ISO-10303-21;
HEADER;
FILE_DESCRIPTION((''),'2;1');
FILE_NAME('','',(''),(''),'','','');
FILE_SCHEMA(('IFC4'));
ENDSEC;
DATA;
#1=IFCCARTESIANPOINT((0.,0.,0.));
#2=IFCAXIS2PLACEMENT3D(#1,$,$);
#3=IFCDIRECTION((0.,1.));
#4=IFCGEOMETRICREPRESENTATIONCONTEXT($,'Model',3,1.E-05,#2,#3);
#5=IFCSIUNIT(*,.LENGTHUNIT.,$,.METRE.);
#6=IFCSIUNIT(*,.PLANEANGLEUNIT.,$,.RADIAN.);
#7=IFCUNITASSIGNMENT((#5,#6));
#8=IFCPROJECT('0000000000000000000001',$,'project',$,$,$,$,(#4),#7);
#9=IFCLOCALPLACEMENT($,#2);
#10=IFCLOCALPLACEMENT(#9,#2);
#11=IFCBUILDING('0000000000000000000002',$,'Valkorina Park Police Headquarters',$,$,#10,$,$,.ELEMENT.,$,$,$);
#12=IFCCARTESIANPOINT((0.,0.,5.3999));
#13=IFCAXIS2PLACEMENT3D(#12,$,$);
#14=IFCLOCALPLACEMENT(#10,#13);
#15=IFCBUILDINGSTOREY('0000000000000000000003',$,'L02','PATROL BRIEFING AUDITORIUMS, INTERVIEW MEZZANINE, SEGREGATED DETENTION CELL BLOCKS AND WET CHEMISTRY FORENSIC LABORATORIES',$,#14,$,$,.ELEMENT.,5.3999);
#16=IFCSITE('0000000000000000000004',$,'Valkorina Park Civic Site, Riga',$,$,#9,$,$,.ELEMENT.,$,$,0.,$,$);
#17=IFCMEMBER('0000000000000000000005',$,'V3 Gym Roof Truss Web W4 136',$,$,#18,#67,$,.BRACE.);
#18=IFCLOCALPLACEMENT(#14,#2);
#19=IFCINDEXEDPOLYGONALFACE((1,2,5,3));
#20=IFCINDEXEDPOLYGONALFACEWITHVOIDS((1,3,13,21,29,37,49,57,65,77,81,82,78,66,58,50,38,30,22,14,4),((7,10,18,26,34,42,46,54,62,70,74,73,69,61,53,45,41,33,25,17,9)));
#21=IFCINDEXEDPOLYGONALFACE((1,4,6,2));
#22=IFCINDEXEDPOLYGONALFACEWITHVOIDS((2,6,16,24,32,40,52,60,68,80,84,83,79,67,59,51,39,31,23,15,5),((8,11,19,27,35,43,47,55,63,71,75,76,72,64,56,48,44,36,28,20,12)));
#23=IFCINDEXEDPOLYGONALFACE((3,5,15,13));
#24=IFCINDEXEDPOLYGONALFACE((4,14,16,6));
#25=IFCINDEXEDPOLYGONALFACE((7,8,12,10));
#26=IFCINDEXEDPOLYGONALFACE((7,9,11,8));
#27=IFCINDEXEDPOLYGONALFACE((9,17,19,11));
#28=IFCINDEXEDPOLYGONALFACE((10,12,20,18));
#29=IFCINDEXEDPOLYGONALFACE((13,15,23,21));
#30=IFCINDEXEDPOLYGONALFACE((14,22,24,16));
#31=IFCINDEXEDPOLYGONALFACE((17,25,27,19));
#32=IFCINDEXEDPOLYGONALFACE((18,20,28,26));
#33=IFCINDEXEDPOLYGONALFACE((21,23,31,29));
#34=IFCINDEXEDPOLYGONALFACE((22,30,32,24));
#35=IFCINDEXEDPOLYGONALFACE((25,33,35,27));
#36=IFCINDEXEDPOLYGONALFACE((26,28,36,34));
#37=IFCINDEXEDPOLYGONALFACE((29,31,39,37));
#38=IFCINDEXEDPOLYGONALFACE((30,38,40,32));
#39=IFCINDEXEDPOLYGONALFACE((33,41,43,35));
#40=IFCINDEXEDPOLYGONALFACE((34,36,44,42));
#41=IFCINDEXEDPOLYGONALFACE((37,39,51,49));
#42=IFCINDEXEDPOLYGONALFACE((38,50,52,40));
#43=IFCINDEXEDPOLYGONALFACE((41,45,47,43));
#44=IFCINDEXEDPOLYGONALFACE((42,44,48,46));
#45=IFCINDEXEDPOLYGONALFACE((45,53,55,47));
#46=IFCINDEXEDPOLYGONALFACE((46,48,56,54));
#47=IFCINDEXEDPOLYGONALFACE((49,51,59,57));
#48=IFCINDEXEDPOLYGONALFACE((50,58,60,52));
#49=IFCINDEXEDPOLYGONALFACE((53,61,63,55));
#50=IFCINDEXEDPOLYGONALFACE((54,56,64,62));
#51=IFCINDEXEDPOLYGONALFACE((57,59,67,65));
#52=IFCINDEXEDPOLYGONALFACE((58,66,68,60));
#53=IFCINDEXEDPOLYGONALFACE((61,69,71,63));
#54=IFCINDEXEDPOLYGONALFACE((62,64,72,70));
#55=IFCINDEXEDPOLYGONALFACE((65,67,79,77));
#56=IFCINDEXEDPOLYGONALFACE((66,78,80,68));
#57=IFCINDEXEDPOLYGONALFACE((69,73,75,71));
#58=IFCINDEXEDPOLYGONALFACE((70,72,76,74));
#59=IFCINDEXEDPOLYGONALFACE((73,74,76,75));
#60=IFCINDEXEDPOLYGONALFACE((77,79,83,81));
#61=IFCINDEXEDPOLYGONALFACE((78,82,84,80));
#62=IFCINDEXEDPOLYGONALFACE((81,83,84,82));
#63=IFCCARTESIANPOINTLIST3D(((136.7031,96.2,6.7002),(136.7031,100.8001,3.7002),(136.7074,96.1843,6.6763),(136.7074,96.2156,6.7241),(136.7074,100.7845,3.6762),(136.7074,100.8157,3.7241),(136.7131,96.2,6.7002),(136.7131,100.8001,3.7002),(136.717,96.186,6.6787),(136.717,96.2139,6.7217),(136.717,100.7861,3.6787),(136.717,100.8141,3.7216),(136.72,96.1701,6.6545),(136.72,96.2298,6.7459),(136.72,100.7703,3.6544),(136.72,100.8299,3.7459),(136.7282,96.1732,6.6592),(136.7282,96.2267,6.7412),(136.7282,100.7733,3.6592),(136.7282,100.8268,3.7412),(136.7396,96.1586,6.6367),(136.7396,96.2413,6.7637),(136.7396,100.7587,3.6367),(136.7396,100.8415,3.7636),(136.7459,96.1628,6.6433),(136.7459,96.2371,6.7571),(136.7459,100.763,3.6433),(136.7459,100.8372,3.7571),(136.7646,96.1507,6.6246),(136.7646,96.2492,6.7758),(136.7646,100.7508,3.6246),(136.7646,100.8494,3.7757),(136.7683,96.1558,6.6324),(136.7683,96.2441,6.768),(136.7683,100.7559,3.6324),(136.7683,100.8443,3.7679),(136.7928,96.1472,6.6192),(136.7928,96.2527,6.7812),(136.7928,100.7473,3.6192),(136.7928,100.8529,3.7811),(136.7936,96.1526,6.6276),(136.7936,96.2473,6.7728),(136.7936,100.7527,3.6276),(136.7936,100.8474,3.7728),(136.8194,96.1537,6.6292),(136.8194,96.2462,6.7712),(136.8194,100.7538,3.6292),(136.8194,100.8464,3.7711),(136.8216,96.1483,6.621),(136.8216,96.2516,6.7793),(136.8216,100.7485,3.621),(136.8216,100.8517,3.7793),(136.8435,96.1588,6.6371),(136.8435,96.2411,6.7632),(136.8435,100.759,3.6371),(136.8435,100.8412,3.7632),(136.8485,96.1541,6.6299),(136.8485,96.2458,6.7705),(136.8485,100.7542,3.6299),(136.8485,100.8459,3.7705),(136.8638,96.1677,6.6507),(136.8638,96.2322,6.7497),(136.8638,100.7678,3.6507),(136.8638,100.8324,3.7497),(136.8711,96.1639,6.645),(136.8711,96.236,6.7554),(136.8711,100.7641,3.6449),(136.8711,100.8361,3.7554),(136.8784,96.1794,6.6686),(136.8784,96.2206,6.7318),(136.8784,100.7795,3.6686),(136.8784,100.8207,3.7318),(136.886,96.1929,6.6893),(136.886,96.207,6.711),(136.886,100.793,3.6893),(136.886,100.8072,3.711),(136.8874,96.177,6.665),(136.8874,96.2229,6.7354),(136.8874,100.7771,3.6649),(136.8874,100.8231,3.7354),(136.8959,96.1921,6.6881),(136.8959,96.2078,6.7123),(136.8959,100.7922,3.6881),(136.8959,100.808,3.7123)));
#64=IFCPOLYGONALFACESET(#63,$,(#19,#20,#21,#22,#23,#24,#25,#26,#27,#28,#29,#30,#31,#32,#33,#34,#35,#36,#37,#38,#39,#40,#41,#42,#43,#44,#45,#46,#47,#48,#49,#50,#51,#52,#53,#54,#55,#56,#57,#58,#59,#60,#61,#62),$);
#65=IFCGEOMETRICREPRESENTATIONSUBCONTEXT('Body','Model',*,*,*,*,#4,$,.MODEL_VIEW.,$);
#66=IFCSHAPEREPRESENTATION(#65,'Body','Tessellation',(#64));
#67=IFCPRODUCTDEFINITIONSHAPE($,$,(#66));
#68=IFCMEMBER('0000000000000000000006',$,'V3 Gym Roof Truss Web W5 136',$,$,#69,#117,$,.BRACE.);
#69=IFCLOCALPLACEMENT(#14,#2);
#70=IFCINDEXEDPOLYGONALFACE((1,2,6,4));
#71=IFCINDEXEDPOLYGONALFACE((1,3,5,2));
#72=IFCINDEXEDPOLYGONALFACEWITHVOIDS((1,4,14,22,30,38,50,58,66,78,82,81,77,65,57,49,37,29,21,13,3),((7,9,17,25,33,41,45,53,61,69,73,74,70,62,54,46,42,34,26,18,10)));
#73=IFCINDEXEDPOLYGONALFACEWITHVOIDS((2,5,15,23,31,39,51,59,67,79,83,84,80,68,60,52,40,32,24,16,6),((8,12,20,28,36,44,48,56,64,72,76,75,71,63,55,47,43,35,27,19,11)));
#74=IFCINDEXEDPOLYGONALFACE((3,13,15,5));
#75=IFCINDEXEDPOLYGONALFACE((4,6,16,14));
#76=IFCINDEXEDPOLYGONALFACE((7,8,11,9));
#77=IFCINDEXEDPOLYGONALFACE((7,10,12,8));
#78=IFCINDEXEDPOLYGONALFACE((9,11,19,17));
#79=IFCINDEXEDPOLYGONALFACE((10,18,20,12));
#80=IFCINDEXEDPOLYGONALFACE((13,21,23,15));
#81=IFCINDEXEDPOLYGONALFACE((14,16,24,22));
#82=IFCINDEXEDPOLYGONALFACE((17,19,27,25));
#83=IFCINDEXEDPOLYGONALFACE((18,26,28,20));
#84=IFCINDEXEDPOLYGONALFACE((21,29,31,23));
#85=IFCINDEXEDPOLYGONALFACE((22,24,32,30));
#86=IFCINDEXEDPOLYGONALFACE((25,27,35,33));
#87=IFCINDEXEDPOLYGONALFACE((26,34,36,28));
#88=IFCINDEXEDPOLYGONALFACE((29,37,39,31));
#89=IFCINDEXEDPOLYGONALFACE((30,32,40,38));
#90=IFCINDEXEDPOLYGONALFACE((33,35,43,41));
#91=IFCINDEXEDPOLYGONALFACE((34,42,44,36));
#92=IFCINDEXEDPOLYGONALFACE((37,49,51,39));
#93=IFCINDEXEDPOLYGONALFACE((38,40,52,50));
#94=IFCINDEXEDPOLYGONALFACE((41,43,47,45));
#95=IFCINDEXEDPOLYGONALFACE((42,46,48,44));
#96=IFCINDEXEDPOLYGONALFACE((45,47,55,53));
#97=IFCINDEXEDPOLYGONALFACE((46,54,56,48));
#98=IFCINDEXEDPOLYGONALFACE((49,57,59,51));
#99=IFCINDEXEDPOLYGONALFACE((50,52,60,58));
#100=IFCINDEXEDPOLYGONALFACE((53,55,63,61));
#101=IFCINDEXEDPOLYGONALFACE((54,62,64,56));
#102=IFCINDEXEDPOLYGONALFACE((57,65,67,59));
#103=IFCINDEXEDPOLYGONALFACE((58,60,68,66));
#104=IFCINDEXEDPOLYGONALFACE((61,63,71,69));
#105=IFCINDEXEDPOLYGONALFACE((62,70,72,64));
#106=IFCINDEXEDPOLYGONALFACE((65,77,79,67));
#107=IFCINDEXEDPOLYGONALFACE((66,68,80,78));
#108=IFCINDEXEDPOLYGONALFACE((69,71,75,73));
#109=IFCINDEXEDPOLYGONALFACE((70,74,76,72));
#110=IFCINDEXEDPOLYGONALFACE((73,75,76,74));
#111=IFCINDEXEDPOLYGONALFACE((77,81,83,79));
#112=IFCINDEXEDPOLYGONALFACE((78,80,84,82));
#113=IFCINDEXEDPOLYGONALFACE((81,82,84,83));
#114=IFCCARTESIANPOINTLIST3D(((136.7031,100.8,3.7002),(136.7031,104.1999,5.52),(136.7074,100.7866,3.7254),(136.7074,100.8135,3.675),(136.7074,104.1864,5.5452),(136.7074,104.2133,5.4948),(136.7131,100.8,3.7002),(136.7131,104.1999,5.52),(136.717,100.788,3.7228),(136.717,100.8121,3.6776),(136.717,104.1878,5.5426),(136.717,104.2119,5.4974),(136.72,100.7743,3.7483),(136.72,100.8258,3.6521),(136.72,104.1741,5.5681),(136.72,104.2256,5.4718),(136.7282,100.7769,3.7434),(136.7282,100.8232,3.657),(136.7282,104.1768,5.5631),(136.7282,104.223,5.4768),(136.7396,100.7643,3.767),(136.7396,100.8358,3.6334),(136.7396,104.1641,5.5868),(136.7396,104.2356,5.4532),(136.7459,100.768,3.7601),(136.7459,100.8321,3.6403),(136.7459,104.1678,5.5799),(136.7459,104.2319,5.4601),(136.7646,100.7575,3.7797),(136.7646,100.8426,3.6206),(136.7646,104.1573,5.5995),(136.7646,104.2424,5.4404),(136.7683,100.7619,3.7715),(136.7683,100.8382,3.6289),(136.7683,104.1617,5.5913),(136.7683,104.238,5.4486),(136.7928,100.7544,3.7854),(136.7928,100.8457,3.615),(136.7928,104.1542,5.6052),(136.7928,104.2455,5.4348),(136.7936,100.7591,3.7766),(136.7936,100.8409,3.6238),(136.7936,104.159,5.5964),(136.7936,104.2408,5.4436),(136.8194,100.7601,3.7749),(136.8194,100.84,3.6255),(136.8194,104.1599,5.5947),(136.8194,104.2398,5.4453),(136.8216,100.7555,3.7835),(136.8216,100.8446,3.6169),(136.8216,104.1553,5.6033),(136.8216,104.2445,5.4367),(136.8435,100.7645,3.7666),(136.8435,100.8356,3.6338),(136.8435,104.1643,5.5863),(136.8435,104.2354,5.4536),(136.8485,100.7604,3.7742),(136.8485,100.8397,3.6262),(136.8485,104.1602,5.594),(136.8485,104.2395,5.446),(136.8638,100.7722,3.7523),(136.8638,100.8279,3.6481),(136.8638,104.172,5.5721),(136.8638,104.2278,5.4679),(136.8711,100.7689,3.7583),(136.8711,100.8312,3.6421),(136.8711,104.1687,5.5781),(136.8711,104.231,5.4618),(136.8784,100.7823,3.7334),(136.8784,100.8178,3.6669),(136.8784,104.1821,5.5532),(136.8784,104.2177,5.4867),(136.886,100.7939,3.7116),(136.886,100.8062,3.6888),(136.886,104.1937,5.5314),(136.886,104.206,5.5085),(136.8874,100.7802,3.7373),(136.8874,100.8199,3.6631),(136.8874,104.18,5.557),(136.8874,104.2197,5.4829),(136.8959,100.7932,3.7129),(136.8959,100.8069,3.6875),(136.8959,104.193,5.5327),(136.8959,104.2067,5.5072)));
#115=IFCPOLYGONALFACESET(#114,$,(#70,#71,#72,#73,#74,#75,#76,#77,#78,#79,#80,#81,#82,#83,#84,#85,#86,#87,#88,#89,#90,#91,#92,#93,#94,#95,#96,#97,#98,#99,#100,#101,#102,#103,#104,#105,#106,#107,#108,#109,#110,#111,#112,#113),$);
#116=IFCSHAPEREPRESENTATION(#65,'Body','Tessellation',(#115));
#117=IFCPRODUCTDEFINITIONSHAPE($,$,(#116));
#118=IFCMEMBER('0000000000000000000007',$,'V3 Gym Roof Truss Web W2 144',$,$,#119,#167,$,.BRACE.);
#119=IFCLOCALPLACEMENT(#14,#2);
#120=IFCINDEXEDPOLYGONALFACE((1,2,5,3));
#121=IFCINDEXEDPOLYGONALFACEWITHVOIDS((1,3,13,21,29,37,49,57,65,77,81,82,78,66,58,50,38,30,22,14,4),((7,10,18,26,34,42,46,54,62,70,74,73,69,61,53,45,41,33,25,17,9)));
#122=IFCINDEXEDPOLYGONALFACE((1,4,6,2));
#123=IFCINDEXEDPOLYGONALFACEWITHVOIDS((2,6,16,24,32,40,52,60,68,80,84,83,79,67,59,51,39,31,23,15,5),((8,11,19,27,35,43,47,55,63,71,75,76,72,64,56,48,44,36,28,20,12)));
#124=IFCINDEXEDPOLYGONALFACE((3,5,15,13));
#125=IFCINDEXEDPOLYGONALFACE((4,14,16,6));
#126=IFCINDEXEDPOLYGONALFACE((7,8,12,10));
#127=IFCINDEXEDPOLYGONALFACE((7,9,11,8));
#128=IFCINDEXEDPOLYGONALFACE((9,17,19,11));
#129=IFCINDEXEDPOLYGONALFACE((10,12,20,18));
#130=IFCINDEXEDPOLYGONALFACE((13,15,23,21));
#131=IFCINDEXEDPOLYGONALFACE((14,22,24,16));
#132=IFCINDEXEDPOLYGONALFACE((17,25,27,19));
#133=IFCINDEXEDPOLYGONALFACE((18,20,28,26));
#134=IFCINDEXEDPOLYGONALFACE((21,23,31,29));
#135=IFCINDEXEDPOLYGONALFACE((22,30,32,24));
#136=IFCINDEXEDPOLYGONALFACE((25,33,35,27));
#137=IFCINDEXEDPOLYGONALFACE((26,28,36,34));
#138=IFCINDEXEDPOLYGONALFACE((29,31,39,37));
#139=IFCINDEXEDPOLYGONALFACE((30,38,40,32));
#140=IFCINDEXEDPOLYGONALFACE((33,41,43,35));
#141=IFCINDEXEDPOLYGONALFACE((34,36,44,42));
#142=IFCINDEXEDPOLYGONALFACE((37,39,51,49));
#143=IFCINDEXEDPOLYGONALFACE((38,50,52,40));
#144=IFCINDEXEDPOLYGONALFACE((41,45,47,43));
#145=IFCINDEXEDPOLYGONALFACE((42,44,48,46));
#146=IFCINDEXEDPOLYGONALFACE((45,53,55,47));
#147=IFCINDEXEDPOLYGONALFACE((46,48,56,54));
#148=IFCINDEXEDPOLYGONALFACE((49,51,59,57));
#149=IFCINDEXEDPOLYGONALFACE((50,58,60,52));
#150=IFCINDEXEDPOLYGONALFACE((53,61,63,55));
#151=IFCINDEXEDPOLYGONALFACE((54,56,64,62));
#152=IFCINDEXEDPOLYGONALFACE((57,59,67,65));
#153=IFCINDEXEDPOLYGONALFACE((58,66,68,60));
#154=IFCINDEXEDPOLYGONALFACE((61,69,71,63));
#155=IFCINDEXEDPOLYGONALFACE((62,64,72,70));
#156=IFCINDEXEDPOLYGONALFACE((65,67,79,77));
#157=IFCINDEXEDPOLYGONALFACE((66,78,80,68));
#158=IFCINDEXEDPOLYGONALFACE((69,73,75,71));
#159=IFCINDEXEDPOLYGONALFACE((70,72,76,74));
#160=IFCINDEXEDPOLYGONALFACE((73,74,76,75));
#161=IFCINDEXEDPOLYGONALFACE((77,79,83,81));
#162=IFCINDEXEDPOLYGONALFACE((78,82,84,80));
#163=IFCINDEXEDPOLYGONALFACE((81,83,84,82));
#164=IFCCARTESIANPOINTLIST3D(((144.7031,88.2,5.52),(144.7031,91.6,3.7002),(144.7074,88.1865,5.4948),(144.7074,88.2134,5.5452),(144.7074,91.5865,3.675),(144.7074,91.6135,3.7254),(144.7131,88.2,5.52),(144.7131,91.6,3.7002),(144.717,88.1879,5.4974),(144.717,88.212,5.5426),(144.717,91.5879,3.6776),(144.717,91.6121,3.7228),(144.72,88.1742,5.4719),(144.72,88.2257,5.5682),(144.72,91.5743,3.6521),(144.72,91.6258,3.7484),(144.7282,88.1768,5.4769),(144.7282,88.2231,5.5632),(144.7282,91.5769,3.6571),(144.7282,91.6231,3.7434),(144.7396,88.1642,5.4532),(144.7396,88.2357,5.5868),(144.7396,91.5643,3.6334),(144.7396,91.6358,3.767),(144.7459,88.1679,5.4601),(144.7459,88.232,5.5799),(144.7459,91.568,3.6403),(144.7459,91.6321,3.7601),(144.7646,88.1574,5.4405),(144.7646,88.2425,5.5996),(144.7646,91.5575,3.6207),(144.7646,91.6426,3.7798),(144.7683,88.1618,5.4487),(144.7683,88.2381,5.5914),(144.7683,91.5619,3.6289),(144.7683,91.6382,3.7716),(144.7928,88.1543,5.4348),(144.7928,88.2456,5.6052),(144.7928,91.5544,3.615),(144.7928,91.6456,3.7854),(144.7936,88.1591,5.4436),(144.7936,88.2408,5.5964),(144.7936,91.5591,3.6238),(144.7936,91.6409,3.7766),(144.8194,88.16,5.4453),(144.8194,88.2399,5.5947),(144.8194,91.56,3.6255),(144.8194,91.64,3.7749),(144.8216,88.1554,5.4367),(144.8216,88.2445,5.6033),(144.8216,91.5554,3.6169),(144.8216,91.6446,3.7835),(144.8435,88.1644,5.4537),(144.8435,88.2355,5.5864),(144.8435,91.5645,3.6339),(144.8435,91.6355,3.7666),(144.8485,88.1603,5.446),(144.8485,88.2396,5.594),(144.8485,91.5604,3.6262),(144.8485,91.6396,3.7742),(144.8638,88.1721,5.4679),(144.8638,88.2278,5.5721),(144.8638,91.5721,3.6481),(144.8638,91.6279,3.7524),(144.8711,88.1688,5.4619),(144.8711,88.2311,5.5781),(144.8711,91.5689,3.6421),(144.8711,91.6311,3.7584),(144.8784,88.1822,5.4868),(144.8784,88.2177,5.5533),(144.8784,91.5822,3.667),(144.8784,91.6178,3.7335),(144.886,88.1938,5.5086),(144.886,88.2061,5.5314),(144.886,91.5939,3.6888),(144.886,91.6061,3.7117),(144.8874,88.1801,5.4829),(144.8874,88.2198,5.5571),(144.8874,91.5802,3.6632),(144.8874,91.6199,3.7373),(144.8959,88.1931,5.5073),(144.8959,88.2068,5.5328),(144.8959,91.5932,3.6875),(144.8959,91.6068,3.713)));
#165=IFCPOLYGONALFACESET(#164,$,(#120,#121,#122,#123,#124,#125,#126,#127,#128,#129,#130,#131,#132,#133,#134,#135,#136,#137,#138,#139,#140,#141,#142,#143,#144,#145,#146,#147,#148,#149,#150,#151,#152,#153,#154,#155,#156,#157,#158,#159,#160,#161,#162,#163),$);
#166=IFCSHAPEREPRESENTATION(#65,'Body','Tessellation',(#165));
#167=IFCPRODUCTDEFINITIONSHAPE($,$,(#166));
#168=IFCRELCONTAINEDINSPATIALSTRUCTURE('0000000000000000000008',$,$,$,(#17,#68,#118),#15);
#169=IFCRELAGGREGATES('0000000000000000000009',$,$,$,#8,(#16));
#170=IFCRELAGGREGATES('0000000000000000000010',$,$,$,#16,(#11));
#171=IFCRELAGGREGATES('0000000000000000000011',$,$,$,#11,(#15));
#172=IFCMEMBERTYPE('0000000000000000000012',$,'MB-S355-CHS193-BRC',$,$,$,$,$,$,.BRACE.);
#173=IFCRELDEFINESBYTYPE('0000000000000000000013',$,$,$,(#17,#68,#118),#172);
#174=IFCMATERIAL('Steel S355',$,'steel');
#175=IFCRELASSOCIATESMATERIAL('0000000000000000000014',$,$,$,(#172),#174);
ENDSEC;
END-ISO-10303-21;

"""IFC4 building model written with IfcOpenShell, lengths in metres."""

from ifc_helpers import new_model, si_unit, direction, frame, origin, origin_2d, place, context, subcontext, project, spatial, hollow_circle, extrude, material, material_profile, profile_set, type_object, element, save


model = new_model("IFC4")

# Units and contexts
model_context = context("Model", 3, precision=1e-05, world=origin(), true_north=direction((0.0, 1.0)))
body_context = subcontext(model_context, "Body", "Model", "MODEL_VIEW")
ifc_project = project(units=[si_unit("LENGTHUNIT", "METRE"), si_unit("PLANEANGLEUNIT", "RADIAN")], contexts=[model_context])

# Site, building, storey
site_placement = place(None, origin())
site = spatial("IfcSite", under=ifc_project, at=site_placement, Name="Valkorina Park Civic Site, Riga", CompositionType="ELEMENT", RefElevation=0.0)
building_placement = place(site_placement, origin())
building = spatial("IfcBuilding", under=site, at=building_placement, Name="Valkorina Park Police Headquarters", CompositionType="ELEMENT")
storey_placement = place(building_placement, frame((0.0, 0.0, 5.3999)))
storey = spatial("IfcBuildingStorey", under=building, at=storey_placement, Name="L02", Description="PATROL BRIEFING AUDITORIUMS, INTERVIEW MEZZANINE, SEGREGATED DETENTION CELL BLOCKS AND WET CHEMISTRY FORENSIC LABORATORIES", CompositionType="ELEMENT", Elevation=5.3999)

# Members
ifc_material = material(Name="Steel S355", Category="steel")
ifc_material_profile_1 = material_profile(ifc_material, hollow_circle(Radius=0.0969, WallThickness=0.01, at=origin_2d()), Name="CHS 193.7x10")
ifc_profile_set_1 = profile_set([ifc_material_profile_1], Name="Steel S355")
member_type_1 = type_object("IfcMemberType", Name="MB-S355-CHS193-BRC", PredefinedType="BRACE", material=ifc_profile_set_1)
member_1_placement = place(storey_placement, frame((136.8, 96.2, 6.7002), z_axis=(0.0, 0.837616, -0.54626), x_axis=(-1.0, 0.0, 0.0)))
element("IfcMember", 1, at=member_1_placement, inside=storey, type_object=member_type_1, Name="V3 Gym Roof Truss Web W4 136", PredefinedType="BRACE", context=body_context, shape_type="SweptSolid", body=[
    extrude(hollow_circle(Radius=0.0969, WallThickness=0.01, at=origin_2d()), origin(), (0.0, 0.0, 1.0), 5.4919),
])
member_2_placement = place(storey_placement, frame((136.8, 100.8, 3.7002), z_axis=(0.0, 0.881647, 0.471909), x_axis=(-1.0, 0.0, 0.0)))
element("IfcMember", 2, at=member_2_placement, inside=storey, type_object=member_type_1, Name="V3 Gym Roof Truss Web W5 136", PredefinedType="BRACE", context=body_context, shape_type="SweptSolid", body=[
    extrude(hollow_circle(Radius=0.0969, WallThickness=0.01, at=origin_2d()), origin(), (0.0, 0.0, 1.0), 3.8562),
])
member_3_placement = place(storey_placement, frame((144.8, 88.2, 5.52), z_axis=(0.0, 0.881662, -0.471882), x_axis=(-1.0, 0.0, 0.0)))
element("IfcMember", 3, at=member_3_placement, inside=storey, type_object=member_type_1, Name="V3 Gym Roof Truss Web W2 144", PredefinedType="BRACE", context=body_context, shape_type="SweptSolid", body=[
    extrude(hollow_circle(Radius=0.0969, WallThickness=0.01, at=origin_2d()), origin(), (0.0, 0.0, 1.0), 3.8564),
])

save(model, "model.ifc")
